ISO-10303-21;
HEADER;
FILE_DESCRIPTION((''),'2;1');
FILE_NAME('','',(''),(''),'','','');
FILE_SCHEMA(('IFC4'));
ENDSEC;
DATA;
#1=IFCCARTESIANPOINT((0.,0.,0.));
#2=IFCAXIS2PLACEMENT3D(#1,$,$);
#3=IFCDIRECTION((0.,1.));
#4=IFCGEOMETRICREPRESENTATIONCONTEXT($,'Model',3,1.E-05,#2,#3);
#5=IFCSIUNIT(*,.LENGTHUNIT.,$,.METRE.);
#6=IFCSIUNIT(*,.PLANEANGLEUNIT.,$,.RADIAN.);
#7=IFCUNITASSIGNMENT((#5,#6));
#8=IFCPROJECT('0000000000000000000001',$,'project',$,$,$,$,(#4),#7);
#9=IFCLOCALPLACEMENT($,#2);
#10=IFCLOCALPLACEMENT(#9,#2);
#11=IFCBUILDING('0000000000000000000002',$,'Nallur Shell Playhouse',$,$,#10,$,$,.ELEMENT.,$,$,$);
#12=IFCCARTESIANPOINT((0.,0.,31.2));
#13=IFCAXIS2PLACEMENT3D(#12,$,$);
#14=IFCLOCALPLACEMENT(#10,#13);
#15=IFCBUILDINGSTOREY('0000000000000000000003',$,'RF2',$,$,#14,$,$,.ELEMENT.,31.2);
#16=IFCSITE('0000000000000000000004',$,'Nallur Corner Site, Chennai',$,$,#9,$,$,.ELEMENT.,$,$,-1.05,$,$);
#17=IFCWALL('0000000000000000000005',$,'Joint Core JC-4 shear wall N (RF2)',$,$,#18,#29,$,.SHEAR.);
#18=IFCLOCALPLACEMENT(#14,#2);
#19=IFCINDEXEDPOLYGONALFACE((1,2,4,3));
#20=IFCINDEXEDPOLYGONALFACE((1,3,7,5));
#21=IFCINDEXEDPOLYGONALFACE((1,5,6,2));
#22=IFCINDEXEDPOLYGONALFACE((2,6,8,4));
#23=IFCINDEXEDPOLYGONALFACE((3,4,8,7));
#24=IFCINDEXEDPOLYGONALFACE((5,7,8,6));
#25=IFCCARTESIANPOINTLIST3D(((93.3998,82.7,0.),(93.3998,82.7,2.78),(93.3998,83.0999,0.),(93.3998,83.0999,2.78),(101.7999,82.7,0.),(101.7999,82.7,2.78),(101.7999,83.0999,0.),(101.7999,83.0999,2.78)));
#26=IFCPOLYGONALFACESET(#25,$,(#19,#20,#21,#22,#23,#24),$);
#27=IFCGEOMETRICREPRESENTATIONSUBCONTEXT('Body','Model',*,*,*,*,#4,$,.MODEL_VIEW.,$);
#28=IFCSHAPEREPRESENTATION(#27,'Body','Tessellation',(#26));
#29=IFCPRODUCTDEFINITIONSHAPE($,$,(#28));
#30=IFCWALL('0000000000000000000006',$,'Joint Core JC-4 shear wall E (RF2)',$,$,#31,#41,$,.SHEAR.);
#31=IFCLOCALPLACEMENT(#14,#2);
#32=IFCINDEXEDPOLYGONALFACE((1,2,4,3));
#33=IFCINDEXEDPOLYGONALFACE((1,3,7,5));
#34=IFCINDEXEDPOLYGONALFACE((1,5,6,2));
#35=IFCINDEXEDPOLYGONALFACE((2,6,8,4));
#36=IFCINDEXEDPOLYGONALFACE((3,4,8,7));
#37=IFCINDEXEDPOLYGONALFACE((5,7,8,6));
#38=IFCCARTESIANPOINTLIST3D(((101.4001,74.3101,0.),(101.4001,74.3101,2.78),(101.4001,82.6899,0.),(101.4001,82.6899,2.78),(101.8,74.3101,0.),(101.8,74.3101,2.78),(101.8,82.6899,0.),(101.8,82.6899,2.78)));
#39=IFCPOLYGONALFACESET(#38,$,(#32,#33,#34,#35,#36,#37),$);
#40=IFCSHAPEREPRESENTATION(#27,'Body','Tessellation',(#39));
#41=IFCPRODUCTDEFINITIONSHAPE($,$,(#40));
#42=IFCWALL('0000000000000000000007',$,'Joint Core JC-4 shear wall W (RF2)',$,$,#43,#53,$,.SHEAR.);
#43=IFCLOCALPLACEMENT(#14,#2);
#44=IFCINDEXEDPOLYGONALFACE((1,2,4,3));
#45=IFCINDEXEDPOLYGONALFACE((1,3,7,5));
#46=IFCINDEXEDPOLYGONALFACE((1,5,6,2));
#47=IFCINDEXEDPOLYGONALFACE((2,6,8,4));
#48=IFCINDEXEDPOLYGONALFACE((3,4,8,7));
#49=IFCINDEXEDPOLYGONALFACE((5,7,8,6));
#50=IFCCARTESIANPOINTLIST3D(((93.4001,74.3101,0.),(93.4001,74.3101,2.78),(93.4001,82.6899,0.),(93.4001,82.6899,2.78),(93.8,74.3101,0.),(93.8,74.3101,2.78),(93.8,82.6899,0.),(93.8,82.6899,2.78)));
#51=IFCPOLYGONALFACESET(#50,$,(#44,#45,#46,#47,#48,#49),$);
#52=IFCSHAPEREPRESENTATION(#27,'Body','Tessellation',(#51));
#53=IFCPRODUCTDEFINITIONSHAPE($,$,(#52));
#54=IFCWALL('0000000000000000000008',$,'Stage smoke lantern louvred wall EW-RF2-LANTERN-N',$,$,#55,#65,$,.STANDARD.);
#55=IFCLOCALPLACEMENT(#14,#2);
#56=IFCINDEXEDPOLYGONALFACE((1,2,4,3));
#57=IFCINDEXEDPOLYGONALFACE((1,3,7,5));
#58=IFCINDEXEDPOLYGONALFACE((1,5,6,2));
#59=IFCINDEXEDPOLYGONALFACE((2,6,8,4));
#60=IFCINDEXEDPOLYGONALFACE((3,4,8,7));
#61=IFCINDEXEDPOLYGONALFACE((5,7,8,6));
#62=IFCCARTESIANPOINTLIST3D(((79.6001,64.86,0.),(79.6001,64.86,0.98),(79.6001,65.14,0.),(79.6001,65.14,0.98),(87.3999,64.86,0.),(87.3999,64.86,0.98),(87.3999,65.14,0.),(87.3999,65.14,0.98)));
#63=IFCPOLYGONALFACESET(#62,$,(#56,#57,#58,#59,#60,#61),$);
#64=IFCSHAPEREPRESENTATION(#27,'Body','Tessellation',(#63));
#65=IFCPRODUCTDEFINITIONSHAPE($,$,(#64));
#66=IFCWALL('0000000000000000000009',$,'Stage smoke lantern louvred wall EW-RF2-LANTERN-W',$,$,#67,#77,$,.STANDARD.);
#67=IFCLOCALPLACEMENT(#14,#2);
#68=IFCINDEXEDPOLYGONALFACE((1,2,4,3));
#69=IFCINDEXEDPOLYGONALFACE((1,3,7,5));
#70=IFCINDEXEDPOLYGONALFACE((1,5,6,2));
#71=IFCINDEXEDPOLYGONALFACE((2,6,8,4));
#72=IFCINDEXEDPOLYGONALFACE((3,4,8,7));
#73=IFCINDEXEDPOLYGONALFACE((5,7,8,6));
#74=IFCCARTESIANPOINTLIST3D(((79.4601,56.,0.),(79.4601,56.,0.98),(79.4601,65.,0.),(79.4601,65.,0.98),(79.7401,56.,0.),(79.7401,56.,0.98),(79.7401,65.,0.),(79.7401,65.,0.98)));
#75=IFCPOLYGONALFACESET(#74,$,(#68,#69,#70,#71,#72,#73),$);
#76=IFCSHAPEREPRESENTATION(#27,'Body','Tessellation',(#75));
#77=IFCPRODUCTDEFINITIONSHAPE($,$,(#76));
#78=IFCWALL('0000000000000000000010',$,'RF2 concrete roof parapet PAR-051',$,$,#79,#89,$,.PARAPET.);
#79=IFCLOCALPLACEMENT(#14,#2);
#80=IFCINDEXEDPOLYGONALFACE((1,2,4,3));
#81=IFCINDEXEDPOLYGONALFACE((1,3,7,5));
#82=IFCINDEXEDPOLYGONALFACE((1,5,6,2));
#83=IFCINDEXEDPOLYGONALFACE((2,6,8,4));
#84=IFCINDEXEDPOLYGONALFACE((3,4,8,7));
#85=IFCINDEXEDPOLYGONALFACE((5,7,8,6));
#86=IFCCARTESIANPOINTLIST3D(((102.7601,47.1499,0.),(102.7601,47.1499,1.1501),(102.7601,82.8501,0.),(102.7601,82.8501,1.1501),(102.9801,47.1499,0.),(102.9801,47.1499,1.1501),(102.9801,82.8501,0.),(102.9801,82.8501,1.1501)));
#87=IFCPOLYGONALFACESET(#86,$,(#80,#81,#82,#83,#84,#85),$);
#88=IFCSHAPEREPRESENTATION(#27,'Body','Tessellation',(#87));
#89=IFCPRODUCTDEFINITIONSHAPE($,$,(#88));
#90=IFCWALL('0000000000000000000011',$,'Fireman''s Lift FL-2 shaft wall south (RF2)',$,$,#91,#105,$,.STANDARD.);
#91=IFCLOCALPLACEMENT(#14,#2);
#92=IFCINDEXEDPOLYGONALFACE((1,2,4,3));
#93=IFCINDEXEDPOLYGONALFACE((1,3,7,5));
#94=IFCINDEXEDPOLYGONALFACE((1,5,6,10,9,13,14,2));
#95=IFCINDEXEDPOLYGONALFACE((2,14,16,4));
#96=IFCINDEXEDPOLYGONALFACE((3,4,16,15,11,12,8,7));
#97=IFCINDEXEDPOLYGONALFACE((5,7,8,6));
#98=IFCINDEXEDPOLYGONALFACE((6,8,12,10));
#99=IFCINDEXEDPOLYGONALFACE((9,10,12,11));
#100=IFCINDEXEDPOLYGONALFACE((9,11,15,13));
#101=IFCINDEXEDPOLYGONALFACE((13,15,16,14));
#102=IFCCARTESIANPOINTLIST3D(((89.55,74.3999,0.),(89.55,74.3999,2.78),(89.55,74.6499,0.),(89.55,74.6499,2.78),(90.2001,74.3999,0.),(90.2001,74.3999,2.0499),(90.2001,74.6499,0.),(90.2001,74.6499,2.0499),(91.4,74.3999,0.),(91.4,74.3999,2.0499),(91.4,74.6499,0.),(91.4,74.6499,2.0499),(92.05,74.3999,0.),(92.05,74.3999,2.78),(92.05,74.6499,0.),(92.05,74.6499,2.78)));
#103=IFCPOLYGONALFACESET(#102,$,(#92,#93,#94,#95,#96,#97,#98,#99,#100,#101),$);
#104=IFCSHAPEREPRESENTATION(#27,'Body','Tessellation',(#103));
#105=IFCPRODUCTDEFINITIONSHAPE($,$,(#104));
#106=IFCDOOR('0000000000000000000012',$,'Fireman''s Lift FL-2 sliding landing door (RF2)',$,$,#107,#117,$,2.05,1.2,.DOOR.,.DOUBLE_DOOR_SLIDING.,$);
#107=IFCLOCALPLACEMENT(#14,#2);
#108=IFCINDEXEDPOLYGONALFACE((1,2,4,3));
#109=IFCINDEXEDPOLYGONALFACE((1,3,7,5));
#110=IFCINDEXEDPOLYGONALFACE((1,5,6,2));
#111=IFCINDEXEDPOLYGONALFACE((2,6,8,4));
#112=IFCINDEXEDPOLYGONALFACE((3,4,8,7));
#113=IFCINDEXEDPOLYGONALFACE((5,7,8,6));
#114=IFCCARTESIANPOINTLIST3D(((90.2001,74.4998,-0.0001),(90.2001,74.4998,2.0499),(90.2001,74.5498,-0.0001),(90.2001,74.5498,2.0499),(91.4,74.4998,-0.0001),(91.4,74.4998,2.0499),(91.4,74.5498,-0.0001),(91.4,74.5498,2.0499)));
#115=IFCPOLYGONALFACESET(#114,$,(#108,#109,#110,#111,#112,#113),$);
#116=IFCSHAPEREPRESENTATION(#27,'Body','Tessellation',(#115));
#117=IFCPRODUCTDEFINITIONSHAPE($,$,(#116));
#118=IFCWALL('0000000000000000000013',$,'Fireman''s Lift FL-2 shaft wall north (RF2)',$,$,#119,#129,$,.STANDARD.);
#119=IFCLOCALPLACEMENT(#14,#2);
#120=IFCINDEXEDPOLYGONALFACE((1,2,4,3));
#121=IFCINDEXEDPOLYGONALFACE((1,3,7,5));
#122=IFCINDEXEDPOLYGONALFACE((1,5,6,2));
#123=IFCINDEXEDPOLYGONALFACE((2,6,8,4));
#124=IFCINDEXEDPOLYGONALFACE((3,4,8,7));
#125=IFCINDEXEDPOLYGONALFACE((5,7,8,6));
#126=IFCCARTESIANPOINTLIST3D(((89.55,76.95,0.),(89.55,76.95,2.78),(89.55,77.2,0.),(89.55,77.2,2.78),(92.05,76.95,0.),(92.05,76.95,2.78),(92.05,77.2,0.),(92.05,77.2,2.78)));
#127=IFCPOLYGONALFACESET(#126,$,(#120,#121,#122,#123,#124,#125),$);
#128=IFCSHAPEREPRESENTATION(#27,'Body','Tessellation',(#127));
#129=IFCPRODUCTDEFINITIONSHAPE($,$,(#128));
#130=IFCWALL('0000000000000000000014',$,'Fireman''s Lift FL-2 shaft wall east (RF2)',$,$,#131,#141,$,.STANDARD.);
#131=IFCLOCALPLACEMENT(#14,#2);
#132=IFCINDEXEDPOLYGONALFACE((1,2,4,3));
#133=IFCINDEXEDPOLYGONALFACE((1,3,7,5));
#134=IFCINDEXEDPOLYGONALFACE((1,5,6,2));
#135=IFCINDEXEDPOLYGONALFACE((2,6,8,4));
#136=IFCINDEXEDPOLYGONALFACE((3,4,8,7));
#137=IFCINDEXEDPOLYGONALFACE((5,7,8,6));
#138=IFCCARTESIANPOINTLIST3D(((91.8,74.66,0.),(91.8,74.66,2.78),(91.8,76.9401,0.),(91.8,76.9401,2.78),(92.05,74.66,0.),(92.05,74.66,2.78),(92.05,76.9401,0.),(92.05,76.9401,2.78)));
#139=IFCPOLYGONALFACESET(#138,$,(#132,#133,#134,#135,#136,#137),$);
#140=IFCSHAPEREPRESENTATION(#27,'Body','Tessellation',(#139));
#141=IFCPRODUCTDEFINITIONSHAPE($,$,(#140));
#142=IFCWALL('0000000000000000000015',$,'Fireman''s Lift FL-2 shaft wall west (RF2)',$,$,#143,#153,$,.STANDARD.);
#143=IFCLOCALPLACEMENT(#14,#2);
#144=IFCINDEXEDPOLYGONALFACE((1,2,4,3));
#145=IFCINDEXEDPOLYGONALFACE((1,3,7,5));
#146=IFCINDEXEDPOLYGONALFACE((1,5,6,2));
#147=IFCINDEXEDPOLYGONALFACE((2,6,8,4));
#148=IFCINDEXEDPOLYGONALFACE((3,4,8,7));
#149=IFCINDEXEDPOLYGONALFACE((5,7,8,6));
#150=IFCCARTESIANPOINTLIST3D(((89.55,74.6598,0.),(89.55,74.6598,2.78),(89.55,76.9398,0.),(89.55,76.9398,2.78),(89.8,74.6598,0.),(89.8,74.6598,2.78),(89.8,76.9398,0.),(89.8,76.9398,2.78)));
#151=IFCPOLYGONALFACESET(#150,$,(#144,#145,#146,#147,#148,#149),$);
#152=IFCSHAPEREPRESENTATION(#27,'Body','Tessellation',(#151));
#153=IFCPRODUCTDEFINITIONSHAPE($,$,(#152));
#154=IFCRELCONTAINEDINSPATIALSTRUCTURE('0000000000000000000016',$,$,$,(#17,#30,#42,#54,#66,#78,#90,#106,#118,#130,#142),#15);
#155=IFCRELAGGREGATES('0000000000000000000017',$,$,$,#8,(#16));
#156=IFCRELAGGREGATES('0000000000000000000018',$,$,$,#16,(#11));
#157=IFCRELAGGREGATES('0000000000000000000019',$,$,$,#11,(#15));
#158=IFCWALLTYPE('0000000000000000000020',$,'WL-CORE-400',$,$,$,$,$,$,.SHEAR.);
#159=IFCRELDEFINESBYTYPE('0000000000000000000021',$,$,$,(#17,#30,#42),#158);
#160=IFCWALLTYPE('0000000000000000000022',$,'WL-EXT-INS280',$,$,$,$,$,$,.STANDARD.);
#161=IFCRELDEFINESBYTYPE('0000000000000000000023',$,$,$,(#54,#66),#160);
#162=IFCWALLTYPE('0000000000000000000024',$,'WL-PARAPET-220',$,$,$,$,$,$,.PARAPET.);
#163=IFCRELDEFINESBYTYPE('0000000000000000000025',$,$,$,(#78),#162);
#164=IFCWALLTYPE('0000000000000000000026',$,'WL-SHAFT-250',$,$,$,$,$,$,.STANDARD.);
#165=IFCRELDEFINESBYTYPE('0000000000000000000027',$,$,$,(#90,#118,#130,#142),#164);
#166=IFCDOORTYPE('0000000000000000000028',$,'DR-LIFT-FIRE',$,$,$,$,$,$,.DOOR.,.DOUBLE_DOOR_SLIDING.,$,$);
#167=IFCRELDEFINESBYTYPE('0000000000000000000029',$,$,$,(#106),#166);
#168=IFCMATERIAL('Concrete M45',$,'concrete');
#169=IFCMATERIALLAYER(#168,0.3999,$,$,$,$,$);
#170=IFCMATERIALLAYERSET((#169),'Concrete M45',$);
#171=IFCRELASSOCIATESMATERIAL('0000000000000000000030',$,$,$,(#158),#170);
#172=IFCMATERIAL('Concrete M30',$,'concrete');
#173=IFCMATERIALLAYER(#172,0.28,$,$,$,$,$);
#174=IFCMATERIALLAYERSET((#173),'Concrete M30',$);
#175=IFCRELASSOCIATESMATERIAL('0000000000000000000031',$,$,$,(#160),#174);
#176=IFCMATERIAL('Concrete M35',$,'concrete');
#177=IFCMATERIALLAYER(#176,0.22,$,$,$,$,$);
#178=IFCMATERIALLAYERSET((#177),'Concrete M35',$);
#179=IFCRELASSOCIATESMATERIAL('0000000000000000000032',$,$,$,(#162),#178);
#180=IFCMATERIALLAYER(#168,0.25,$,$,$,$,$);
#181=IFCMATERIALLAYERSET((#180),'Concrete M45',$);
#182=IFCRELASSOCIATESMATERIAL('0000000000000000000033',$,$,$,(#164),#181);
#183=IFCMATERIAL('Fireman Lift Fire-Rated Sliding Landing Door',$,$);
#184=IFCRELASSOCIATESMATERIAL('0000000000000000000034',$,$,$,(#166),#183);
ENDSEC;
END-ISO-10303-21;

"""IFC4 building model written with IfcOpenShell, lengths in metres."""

from ifc_helpers import new_model, si_unit, direction, frame, frame_2d, origin, place, context, subcontext, project, spatial, rectangle, extrude, material, layer, layer_set, type_object, element, fill, save


model = new_model("IFC4")

# Units and contexts
model_context = context("Model", 3, precision=1e-05, world=origin(), true_north=direction((0.0, 1.0)))
body_context = subcontext(model_context, "Body", "Model", "MODEL_VIEW")
ifc_project = project(units=[si_unit("LENGTHUNIT", "METRE"), si_unit("PLANEANGLEUNIT", "RADIAN")], contexts=[model_context])

# Site, building, storey
site_placement = place(None, origin())
site = spatial("IfcSite", under=ifc_project, at=site_placement, Name="Nallur Corner Site, Chennai", CompositionType="ELEMENT", RefElevation=-1.05)
building_placement = place(site_placement, origin())
building = spatial("IfcBuilding", under=site, at=building_placement, Name="Nallur Shell Playhouse", CompositionType="ELEMENT")
storey_placement = place(building_placement, frame((0.0, 0.0, 31.2)))
storey = spatial("IfcBuildingStorey", under=building, at=storey_placement, Name="RF2", CompositionType="ELEMENT", Elevation=31.2)

# Shared definitions
ifc_material_1 = material(Name="Concrete M45", Category="concrete")
ifc_layer_1 = layer(ifc_material_1, 0.3999)
ifc_layer_set_1 = layer_set([ifc_layer_1], Name="Concrete M45")
wall_type_1 = type_object("IfcWallType", Name="WL-CORE-400", PredefinedType="SHEAR", material=ifc_layer_set_1)

# Walls
wall_1_placement = place(storey_placement, frame((101.8, 82.8999, 0.0), z_axis=(0.0, 0.0, 1.0), x_axis=(-1.0, 0.0, 0.0)))
element("IfcWall", 1, at=wall_1_placement, inside=storey, type_object=wall_type_1, Name="Joint Core JC-4 shear wall N (RF2)", PredefinedType="SHEAR", context=body_context, shape_type="SweptSolid", body=[
    extrude(rectangle(XDim=8.4001, YDim=0.3999, at=frame_2d((4.2002, 0.0))), origin(), (0.0, 0.0, 1.0), 2.78),
])
for number, where, z_axis, x_axis, name in (
    (2, (101.6001, 74.3101, 0.0), (0.0, 0.0, 1.0), (0.0, 1.0, 0.0), "Joint Core JC-4 shear wall E (RF2)"),
    (3, (93.6001, 82.6899, 0.0), (0.0, 0.0, 1.0), (0.0, -1.0, 0.0), "Joint Core JC-4 shear wall W (RF2)"),
):
    element("IfcWall", number, at=place(storey_placement, frame(where, z_axis=z_axis, x_axis=x_axis)), inside=storey, type_object=wall_type_1, Name=name, PredefinedType="SHEAR", context=body_context, shape_type="SweptSolid", body=[
        extrude(rectangle(XDim=8.3799, YDim=0.3999, at=frame_2d((4.1899, 0.0))), origin(), (0.0, 0.0, 1.0), 2.78),
    ])
ifc_material_2 = material(Name="Concrete M30", Category="concrete")
ifc_layer_2 = layer(ifc_material_2, 0.28)
ifc_layer_set_2 = layer_set([ifc_layer_2], Name="Concrete M30")
wall_type_2 = type_object("IfcWallType", Name="WL-EXT-INS280", PredefinedType="STANDARD", material=ifc_layer_set_2)
wall_2_placement = place(storey_placement, frame((87.3999, 65.0, 0.0), z_axis=(0.0, 0.0, 1.0), x_axis=(-1.0, 0.0, 0.0)))
element("IfcWall", 4, at=wall_2_placement, inside=storey, type_object=wall_type_2, Name="Stage smoke lantern louvred wall EW-RF2-LANTERN-N", PredefinedType="STANDARD", context=body_context, shape_type="SweptSolid", body=[
    extrude(rectangle(XDim=7.7998, YDim=0.28, at=frame_2d((3.8999, 0.0))), origin(), (0.0, 0.0, 1.0), 0.98),
])
wall_3_placement = place(storey_placement, frame((79.6001, 65.0, 0.0), z_axis=(0.0, 0.0, 1.0), x_axis=(0.0, -1.0, 0.0)))
element("IfcWall", 5, at=wall_3_placement, inside=storey, type_object=wall_type_2, Name="Stage smoke lantern louvred wall EW-RF2-LANTERN-W", PredefinedType="STANDARD", context=body_context, shape_type="SweptSolid", body=[
    extrude(rectangle(XDim=9.0, YDim=0.28, at=frame_2d((4.5, 0.0))), origin(), (0.0, 0.0, 1.0), 0.98),
])
ifc_material_3 = material(Name="Concrete M35", Category="concrete")
ifc_layer_3 = layer(ifc_material_3, 0.22)
ifc_layer_set_3 = layer_set([ifc_layer_3], Name="Concrete M35")
wall_type_3 = type_object("IfcWallType", Name="WL-PARAPET-220", PredefinedType="PARAPET", material=ifc_layer_set_3)
wall_4_placement = place(storey_placement, frame((102.8701, 82.8501, 0.0), z_axis=(0.0, 0.0, 1.0), x_axis=(0.0, -1.0, 0.0)))
element("IfcWall", 6, at=wall_4_placement, inside=storey, type_object=wall_type_3, Name="RF2 concrete roof parapet PAR-051", PredefinedType="PARAPET", context=body_context, shape_type="SweptSolid", body=[
    extrude(rectangle(XDim=35.7002, YDim=0.22, at=frame_2d((17.8501, 0.0))), origin(), (0.0, 0.0, 1.0), 1.1501),
])

# Wall, opening, door
ifc_layer_4 = layer(ifc_material_1, 0.25)
ifc_layer_set_4 = layer_set([ifc_layer_4], Name="Concrete M45")
wall_type_4 = type_object("IfcWallType", Name="WL-SHAFT-250", PredefinedType="STANDARD", material=ifc_layer_set_4)
wall_5_placement = place(storey_placement, frame((89.55, 74.5249, 0.0), z_axis=(0.0, 0.0, 1.0), x_axis=(1.0, 0.0, 0.0)))
wall_5 = element("IfcWall", 7, at=wall_5_placement, inside=storey, type_object=wall_type_4, Name="Fireman's Lift FL-2 shaft wall south (RF2)", PredefinedType="STANDARD", context=body_context, shape_type="SweptSolid", body=[
    extrude(rectangle(XDim=2.5, YDim=0.25, at=frame_2d((1.25, 0.0))), origin(), (0.0, 0.0, 1.0), 2.78),
])
opening_1_placement = place(wall_5_placement, frame((0.6499, 0.0, 0.0)))
opening_1 = element("IfcOpeningElement", 8, at=opening_1_placement, cuts=wall_5, PredefinedType="OPENING", context=body_context, shape_type="SweptSolid", body=[
    extrude(rectangle(XDim=1.2, YDim=2.05, at=frame_2d((0.6001, 1.0249))), frame((0.0, 0.135, 0.0), z_axis=(0.0, -1.0, 0.0), x_axis=(1.0, 0.0, 0.0)), (0.0, 0.0, 1.0), 0.27),
])
ifc_material_4 = material(Name="Fireman Lift Fire-Rated Sliding Landing Door")
door_type_1 = type_object("IfcDoorType", Name="DR-LIFT-FIRE", OperationType="DOUBLE_DOOR_SLIDING", PredefinedType="DOOR", material=ifc_material_4)
door_1_placement = place(opening_1_placement, origin())
door_1 = element("IfcDoor", 9, at=door_1_placement, inside=storey, type_object=door_type_1, Name="Fireman's Lift FL-2 sliding landing door (RF2)", OperationType="DOUBLE_DOOR_SLIDING", OverallHeight=2.05, OverallWidth=1.2, PredefinedType="DOOR", context=body_context, shape_type="SweptSolid", body=[
    extrude(rectangle(XDim=1.2, YDim=2.05, at=frame_2d((0.6001, 1.0249))), frame((0.0, 0.0249, 0.0), z_axis=(0.0, -1.0, 0.0), x_axis=(1.0, 0.0, 0.0)), (0.0, 0.0, 1.0), 0.05),
])
fill(opening_1, door_1)

# Walls
wall_6_placement = place(storey_placement, frame((92.05, 77.075, 0.0), z_axis=(0.0, 0.0, 1.0), x_axis=(-1.0, 0.0, 0.0)))
element("IfcWall", 10, at=wall_6_placement, inside=storey, type_object=wall_type_4, Name="Fireman's Lift FL-2 shaft wall north (RF2)", PredefinedType="STANDARD", context=body_context, shape_type="SweptSolid", body=[
    extrude(rectangle(XDim=2.5, YDim=0.25, at=frame_2d((1.25, 0.0))), origin(), (0.0, 0.0, 1.0), 2.78),
])
for number, where, z_axis, x_axis, name in (
    (11, (91.925, 74.6599, 0.0), (0.0, 0.0, 1.0), (0.0, 1.0, 0.0), "Fireman's Lift FL-2 shaft wall east (RF2)"),
    (12, (89.675, 76.9399, 0.0), (0.0, 0.0, 1.0), (0.0, -1.0, 0.0), "Fireman's Lift FL-2 shaft wall west (RF2)"),
):
    element("IfcWall", number, at=place(storey_placement, frame(where, z_axis=z_axis, x_axis=x_axis)), inside=storey, type_object=wall_type_4, Name=name, PredefinedType="STANDARD", context=body_context, shape_type="SweptSolid", body=[
        extrude(rectangle(XDim=2.28, YDim=0.25, at=frame_2d((1.1401, 0.0))), origin(), (0.0, 0.0, 1.0), 2.78),
    ])

save(model, "model.ifc")
